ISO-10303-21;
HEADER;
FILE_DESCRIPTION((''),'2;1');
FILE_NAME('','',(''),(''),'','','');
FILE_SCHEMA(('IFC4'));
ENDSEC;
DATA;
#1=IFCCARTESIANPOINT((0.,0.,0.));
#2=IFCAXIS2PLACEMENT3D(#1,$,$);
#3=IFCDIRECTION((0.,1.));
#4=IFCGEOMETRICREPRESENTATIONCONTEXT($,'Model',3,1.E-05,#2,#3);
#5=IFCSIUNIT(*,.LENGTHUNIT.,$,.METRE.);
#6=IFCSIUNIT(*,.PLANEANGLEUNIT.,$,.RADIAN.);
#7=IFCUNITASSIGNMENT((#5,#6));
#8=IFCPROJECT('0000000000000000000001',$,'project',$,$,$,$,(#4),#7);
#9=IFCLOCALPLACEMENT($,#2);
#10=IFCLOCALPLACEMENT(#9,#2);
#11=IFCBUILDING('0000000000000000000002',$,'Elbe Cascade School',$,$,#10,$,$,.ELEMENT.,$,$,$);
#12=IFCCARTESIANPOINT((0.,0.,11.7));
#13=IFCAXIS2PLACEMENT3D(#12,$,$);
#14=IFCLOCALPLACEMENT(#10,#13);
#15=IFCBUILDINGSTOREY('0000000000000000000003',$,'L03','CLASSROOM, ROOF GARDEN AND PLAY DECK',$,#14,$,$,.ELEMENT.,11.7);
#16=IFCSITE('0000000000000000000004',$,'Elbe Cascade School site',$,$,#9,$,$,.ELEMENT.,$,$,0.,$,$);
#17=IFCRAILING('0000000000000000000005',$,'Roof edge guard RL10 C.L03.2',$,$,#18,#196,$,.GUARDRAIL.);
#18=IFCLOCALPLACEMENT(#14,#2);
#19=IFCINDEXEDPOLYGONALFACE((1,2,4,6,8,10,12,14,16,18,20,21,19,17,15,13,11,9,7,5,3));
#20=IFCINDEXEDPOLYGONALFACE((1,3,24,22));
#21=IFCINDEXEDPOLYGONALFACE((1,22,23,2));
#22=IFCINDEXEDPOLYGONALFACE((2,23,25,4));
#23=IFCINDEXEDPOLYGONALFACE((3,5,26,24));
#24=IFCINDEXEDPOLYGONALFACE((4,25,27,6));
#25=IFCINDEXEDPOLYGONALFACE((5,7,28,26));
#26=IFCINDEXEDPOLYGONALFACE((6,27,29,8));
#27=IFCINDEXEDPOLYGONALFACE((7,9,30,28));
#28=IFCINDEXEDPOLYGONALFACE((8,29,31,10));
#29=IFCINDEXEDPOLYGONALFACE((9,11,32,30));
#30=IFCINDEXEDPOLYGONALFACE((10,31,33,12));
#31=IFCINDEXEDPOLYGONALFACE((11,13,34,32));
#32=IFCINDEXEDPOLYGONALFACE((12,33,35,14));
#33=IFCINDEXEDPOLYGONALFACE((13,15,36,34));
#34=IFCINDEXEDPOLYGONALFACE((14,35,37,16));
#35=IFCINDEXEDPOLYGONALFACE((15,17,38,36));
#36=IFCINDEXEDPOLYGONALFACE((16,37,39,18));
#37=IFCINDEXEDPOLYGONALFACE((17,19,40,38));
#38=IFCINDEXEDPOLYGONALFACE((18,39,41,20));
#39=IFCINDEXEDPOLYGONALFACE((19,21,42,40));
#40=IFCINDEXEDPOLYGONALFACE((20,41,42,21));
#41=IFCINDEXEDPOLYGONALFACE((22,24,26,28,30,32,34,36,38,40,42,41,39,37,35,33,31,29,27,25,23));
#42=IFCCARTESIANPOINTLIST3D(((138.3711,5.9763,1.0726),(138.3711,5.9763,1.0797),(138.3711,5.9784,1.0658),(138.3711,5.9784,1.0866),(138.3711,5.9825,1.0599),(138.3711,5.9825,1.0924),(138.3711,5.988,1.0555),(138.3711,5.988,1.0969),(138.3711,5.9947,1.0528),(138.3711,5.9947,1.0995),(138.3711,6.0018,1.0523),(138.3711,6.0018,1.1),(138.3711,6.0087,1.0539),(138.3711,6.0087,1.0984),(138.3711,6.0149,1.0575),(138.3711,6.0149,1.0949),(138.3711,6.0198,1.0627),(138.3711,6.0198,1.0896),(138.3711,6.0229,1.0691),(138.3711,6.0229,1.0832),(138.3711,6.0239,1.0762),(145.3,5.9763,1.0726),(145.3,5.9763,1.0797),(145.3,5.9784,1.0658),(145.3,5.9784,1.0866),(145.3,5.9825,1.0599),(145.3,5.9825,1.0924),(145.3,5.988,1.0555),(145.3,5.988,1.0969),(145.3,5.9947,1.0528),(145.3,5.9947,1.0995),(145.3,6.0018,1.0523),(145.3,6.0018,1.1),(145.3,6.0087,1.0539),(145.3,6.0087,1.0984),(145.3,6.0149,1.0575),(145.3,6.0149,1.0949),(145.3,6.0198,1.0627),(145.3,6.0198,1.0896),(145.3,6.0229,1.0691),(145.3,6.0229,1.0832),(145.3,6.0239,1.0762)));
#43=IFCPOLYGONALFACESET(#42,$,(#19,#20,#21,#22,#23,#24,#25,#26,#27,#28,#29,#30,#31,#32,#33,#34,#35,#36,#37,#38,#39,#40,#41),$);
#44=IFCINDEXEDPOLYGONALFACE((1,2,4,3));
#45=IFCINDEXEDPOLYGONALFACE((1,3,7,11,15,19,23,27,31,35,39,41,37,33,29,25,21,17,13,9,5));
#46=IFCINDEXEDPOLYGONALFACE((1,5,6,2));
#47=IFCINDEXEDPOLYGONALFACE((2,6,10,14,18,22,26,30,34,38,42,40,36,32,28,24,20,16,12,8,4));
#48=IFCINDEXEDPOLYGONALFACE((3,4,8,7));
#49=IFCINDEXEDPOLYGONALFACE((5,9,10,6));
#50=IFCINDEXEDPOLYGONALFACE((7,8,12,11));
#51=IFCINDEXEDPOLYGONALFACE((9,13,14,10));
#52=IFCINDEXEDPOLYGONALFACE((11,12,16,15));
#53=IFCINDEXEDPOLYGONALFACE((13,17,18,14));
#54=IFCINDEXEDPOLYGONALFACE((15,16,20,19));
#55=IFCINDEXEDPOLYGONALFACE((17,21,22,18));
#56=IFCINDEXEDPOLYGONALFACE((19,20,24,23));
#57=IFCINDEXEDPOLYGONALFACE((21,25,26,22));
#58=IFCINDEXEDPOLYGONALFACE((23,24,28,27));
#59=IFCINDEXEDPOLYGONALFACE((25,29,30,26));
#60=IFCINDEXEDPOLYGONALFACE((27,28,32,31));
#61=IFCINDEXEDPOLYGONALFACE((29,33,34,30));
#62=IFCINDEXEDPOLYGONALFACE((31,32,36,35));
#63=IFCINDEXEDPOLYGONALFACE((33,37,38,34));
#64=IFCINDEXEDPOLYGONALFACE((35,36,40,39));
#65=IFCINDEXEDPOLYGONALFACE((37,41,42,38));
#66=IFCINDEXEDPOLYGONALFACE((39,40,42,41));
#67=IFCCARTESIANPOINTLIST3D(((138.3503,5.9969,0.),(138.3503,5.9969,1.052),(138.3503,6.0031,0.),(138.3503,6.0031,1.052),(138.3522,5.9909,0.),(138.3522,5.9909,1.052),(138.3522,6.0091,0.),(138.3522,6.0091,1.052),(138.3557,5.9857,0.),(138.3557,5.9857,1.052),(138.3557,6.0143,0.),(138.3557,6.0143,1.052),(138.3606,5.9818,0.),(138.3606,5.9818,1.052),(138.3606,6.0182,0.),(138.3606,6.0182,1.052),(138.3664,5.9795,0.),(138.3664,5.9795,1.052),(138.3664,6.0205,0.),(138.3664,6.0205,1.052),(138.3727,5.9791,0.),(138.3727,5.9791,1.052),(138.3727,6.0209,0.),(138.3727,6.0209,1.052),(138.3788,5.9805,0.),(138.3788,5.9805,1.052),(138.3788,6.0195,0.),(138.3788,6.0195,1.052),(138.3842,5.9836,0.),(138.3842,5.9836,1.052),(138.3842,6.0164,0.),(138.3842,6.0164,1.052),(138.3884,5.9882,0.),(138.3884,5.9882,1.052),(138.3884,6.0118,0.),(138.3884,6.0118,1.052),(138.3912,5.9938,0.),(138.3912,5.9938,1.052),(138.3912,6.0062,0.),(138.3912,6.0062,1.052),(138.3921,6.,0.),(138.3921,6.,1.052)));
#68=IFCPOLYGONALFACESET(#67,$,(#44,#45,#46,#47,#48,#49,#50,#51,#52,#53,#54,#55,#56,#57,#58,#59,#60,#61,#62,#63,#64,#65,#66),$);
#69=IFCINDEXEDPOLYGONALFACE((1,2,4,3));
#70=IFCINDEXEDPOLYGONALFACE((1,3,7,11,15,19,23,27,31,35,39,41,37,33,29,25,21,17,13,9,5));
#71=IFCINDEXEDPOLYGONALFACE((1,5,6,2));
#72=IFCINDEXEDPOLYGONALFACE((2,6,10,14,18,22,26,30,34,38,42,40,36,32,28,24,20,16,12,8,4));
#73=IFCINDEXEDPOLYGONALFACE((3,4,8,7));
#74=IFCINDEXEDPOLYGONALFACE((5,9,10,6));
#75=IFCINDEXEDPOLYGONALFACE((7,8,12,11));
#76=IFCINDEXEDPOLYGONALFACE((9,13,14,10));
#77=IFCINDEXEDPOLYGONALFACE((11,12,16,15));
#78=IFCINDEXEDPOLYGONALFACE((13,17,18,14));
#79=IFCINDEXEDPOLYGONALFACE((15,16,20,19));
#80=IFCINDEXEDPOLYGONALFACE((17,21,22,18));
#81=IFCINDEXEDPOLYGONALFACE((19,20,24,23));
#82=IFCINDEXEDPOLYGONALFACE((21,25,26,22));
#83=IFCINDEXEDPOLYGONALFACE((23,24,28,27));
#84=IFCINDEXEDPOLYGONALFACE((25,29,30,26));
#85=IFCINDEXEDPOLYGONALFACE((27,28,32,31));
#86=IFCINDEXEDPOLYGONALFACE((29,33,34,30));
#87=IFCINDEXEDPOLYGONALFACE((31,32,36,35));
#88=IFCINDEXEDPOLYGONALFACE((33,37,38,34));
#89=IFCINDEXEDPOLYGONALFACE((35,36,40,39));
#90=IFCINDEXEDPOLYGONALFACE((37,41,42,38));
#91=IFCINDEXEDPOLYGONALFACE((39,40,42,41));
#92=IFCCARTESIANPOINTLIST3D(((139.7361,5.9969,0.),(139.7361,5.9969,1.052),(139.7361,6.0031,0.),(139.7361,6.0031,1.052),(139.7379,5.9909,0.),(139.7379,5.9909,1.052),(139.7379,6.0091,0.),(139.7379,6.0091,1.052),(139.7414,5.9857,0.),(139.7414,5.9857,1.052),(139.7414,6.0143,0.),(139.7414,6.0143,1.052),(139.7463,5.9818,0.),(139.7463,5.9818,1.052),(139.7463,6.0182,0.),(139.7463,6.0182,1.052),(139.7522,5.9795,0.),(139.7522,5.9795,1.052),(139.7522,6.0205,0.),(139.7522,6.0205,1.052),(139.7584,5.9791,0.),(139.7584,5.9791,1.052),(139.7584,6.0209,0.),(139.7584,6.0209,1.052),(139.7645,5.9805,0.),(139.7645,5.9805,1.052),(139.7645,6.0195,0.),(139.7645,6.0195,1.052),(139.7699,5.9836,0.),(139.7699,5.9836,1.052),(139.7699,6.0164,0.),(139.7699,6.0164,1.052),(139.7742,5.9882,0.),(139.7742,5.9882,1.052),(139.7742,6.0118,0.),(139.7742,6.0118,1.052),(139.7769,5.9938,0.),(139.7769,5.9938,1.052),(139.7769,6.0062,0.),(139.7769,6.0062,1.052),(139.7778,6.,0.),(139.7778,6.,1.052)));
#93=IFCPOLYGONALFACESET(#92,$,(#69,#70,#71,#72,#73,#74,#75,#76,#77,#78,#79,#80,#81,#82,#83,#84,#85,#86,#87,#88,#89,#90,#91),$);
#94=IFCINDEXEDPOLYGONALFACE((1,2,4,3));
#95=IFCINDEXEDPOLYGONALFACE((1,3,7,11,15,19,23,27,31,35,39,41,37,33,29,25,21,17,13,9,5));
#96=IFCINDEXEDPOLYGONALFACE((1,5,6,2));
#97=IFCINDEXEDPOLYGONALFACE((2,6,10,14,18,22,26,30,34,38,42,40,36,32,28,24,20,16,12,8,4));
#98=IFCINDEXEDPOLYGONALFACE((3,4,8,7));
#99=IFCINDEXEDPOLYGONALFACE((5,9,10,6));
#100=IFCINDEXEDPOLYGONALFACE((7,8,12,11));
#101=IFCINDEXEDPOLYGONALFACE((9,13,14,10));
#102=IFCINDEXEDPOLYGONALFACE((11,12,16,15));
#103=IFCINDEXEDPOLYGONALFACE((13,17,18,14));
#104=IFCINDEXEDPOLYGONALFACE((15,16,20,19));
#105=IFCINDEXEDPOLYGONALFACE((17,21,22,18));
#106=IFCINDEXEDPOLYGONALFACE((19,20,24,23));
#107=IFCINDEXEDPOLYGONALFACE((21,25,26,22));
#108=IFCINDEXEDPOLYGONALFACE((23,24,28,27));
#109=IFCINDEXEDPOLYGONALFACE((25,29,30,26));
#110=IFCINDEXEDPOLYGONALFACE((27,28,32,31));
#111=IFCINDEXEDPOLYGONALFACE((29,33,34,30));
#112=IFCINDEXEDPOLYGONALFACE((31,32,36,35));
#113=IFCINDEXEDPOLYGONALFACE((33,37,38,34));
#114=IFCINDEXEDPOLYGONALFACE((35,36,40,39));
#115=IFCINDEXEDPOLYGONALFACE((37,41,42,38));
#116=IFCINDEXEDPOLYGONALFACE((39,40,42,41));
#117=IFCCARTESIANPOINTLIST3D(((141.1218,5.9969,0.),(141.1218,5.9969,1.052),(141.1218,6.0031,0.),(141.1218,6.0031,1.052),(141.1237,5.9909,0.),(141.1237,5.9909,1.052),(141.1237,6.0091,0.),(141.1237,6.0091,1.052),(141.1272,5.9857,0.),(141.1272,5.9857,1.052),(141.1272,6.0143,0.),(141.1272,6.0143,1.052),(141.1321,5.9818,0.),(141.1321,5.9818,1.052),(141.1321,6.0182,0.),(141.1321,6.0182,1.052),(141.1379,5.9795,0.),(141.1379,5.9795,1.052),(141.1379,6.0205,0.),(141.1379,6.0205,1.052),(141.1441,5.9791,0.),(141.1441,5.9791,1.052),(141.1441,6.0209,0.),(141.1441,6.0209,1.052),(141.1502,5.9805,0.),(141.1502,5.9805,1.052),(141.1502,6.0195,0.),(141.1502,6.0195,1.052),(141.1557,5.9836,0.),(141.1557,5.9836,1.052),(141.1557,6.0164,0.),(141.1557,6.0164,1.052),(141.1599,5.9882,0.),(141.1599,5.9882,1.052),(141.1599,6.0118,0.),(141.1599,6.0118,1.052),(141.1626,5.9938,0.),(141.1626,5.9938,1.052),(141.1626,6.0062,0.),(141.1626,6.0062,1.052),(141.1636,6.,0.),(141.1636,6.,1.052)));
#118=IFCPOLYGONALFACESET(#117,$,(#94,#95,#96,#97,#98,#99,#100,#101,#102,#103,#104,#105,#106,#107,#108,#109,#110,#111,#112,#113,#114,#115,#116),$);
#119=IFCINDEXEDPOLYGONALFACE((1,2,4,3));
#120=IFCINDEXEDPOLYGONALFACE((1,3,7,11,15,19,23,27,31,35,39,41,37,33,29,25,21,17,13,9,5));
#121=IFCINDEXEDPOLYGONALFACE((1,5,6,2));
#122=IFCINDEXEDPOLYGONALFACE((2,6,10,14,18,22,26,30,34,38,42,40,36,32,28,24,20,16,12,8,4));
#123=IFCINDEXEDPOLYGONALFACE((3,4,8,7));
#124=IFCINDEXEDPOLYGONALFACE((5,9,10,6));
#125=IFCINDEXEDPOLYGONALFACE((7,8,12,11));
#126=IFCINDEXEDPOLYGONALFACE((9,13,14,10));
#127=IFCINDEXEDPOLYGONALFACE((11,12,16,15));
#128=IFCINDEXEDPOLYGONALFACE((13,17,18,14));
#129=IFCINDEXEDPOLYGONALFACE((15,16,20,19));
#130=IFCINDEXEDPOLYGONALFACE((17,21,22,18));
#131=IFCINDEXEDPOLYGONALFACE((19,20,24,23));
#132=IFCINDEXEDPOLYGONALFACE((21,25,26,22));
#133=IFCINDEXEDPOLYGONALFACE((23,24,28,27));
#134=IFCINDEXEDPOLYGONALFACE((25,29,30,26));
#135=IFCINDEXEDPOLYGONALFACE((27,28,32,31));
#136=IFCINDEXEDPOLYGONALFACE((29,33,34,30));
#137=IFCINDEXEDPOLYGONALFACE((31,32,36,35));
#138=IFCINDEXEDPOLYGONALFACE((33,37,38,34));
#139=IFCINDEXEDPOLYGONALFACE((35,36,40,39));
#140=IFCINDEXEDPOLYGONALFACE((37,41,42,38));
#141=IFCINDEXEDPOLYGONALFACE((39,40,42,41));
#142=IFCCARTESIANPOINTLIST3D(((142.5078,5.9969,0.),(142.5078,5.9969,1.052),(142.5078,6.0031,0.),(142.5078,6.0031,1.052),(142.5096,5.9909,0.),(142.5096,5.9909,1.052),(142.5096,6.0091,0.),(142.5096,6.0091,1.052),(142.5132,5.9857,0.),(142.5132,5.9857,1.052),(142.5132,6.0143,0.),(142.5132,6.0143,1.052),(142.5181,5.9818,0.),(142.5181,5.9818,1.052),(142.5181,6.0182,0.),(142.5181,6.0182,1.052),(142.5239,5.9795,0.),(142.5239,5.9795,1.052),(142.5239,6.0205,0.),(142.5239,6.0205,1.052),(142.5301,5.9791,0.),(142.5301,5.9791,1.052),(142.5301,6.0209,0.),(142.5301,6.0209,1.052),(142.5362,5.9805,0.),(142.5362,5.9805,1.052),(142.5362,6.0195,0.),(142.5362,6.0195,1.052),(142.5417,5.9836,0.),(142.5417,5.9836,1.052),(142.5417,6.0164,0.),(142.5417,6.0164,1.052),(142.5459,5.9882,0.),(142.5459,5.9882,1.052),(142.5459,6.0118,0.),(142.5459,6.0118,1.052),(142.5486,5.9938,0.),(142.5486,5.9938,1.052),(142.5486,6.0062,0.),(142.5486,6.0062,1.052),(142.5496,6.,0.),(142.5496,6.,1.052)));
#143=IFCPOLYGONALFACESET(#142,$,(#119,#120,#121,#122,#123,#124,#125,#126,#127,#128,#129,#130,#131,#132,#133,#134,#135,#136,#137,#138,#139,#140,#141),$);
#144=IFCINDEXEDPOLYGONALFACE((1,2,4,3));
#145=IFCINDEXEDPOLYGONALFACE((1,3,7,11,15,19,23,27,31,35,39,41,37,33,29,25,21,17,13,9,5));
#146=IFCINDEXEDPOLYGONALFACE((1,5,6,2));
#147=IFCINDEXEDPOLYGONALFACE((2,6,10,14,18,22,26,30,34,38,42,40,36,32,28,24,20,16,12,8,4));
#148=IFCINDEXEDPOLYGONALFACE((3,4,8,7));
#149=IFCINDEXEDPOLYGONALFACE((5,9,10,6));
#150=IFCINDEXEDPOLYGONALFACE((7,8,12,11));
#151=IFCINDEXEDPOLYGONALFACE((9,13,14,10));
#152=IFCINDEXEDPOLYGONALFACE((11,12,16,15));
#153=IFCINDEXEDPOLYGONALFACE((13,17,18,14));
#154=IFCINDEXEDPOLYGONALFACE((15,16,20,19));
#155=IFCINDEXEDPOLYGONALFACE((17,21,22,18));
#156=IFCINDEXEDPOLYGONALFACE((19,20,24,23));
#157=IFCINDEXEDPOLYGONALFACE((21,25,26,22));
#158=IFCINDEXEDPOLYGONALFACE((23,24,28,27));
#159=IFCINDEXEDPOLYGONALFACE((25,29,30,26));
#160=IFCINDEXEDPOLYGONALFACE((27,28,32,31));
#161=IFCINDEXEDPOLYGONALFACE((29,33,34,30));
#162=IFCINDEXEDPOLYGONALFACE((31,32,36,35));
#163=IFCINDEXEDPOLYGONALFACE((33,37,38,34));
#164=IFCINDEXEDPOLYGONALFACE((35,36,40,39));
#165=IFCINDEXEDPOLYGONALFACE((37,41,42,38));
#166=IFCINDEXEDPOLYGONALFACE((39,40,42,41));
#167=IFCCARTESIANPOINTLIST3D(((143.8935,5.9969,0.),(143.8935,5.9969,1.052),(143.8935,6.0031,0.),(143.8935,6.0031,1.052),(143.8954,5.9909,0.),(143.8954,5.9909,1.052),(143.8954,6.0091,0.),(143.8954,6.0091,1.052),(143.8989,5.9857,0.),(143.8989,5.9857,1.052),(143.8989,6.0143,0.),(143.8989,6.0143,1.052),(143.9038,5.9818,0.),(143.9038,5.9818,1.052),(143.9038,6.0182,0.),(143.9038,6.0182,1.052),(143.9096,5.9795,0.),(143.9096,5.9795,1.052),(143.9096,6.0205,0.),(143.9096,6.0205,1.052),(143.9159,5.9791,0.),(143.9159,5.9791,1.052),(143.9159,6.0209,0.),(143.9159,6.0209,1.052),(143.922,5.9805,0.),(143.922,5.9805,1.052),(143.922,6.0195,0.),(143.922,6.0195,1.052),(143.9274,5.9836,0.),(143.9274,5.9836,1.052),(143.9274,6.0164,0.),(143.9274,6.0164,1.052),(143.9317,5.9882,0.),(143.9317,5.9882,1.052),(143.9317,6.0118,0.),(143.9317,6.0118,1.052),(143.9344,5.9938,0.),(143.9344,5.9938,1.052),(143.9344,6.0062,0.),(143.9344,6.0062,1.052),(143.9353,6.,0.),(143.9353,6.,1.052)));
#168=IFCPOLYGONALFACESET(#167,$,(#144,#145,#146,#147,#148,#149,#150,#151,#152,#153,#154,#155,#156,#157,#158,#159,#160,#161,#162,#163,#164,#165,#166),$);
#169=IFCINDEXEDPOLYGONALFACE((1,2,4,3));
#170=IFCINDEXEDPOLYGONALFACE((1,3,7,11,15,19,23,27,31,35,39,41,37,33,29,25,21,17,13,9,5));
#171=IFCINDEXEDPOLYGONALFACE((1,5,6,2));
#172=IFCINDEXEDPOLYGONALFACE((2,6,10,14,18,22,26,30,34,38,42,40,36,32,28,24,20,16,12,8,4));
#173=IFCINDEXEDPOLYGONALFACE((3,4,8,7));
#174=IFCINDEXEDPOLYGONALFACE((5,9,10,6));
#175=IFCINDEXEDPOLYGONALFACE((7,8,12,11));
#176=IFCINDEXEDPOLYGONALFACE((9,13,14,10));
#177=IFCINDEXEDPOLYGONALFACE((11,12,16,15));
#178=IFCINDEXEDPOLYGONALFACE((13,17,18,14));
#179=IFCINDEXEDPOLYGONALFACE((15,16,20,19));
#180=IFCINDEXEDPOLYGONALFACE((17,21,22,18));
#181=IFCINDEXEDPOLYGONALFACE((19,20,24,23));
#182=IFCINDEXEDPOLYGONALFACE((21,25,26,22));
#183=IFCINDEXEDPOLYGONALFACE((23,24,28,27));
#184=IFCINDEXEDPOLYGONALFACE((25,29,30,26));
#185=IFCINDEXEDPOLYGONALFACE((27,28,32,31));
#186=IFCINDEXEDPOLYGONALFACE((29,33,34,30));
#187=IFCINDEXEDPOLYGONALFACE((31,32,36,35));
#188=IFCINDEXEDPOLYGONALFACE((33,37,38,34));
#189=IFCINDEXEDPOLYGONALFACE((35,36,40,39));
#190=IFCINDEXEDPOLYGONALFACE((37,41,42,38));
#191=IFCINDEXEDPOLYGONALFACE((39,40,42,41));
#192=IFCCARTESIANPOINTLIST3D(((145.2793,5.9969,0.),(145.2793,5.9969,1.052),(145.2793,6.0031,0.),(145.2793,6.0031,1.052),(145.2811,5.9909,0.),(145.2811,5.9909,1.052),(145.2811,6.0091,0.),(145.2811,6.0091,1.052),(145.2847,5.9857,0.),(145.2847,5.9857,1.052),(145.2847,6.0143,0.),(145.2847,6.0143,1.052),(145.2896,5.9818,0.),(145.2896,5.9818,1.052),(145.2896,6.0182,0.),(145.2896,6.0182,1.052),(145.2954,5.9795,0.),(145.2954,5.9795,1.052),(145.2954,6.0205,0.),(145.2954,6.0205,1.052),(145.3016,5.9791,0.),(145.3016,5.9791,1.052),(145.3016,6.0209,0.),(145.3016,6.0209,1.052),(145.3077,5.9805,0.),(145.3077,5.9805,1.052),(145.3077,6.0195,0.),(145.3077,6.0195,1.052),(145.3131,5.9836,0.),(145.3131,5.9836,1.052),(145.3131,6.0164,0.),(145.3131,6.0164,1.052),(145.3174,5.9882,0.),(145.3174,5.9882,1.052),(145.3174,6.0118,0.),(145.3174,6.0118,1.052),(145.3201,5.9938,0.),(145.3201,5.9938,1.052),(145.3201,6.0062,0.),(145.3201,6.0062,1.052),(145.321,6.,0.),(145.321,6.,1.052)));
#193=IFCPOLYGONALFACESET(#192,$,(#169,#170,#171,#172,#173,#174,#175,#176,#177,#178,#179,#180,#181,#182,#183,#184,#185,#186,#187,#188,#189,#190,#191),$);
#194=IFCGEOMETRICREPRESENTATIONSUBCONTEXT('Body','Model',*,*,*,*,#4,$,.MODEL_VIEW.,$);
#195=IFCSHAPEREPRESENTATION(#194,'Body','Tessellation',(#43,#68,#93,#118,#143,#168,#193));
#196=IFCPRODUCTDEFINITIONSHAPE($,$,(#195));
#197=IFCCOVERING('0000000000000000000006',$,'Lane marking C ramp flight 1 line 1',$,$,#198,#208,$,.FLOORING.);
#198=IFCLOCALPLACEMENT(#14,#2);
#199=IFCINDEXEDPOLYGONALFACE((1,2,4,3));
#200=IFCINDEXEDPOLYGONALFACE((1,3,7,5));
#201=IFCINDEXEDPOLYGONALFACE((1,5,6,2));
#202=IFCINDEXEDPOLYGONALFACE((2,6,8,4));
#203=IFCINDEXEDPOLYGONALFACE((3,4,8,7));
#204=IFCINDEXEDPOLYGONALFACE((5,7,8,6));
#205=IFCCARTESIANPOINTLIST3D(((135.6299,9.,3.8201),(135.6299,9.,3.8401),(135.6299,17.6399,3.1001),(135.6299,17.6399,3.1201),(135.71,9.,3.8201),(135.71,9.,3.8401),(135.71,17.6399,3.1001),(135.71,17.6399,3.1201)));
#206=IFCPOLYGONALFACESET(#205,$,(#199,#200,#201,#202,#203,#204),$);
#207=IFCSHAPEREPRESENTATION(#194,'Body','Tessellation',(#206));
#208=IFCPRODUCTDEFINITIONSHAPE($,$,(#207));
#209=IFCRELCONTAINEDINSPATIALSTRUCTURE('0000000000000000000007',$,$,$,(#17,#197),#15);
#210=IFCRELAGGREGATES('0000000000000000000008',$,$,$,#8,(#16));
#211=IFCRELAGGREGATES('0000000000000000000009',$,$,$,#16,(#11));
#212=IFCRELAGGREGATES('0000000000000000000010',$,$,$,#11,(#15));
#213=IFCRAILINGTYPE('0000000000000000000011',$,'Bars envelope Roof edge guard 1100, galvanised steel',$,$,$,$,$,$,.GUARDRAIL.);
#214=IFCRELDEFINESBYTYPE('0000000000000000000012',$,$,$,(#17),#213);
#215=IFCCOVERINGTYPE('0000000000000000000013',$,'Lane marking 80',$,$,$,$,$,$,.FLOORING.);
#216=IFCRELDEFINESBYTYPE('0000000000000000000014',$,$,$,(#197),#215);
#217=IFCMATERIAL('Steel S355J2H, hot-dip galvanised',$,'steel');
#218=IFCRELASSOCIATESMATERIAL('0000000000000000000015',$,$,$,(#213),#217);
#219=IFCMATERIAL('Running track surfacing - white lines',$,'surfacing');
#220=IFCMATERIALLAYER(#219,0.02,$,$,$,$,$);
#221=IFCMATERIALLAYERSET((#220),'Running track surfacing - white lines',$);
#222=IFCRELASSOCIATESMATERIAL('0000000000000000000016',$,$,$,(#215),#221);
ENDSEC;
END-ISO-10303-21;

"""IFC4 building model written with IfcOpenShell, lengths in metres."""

from ifc_helpers import new_model, si_unit, direction, frame, origin, origin_2d, place, context, subcontext, project, spatial, polyline, circle, outline, extrude, material, layer, layer_set, type_object, element, save


model = new_model("IFC4")

# Units and contexts
model_context = context("Model", 3, precision=1e-05, world=origin(), true_north=direction((0.0, 1.0)))
body_context = subcontext(model_context, "Body", "Model", "MODEL_VIEW")
ifc_project = project(units=[si_unit("LENGTHUNIT", "METRE"), si_unit("PLANEANGLEUNIT", "RADIAN")], contexts=[model_context])

# Site, building, storey
site_placement = place(None, origin())
site = spatial("IfcSite", under=ifc_project, at=site_placement, Name="Elbe Cascade School site", CompositionType="ELEMENT", RefElevation=0.0)
building_placement = place(site_placement, origin())
building = spatial("IfcBuilding", under=site, at=building_placement, Name="Elbe Cascade School", CompositionType="ELEMENT")
storey_placement = place(building_placement, frame((0.0, 0.0, 11.7)))
storey = spatial("IfcBuildingStorey", under=building, at=storey_placement, Name="L03", Description="CLASSROOM, ROOF GARDEN AND PLAY DECK", CompositionType="ELEMENT", Elevation=11.7)

# Railing
ifc_material_1 = material(Name="Steel S355J2H, hot-dip galvanised", Category="steel")
railing_type_1 = type_object("IfcRailingType", Name="Bars envelope Roof edge guard 1100, galvanised steel", PredefinedType="GUARDRAIL", material=ifc_material_1)
railing_1_placement = place(storey_placement, frame((138.3711, 6.0, 0.0)))
element("IfcRailing", 1, at=railing_1_placement, inside=storey, type_object=railing_type_1, Name="Roof edge guard RL10 C.L03.2", PredefinedType="GUARDRAIL", context=body_context, shape_type="SweptSolid", body=[
    extrude(circle(Radius=0.0239, at=origin_2d()), frame((0.0, 0.0, 1.0762), z_axis=(1.0, 0.0, 0.0), x_axis=(0.0, 1.0, 0.0)), (0.0, 0.0, 1.0), 6.929),
    extrude(circle(Radius=0.021, at=origin_2d()), origin(), (0.0, 0.0, 1.0), 1.052),
    extrude(circle(Radius=0.021, at=origin_2d()), frame((1.3857, 0.0, 0.0)), (0.0, 0.0, 1.0), 1.052),
    extrude(circle(Radius=0.021, at=origin_2d()), frame((2.7715, 0.0, 0.0)), (0.0, 0.0, 1.0), 1.052),
    extrude(circle(Radius=0.021, at=origin_2d()), frame((4.1575, 0.0, 0.0)), (0.0, 0.0, 1.0), 1.052),
    extrude(circle(Radius=0.021, at=origin_2d()), frame((5.5432, 0.0, 0.0)), (0.0, 0.0, 1.0), 1.052),
    extrude(circle(Radius=0.021, at=origin_2d()), frame((6.929, 0.0, 0.0)), (0.0, 0.0, 1.0), 1.052),
])

# Covering
ifc_material_2 = material(Name="Running track surfacing - white lines", Category="surfacing")
ifc_layer_1 = layer(ifc_material_2, 0.02)
ifc_layer_set_1 = layer_set([ifc_layer_1], Name="Running track surfacing - white lines")
covering_type_1 = type_object("IfcCoveringType", Name="Lane marking 80", PredefinedType="FLOORING", material=ifc_layer_set_1)
for number, where, z_axis, x_axis, name in (
    (2, (135.6299, 9.0, 3.8401), (0.0, 0.083043, 0.996546), (0.0, 0.996546, -0.083043), "Lane marking C ramp flight 1 line 1"),
):
    element("IfcCovering", number, at=place(storey_placement, frame(where, z_axis=z_axis, x_axis=x_axis)), inside=storey, type_object=covering_type_1, Name=name, PredefinedType="FLOORING", context=body_context, shape_type="SweptSolid", body=[
        extrude(outline(polyline([(0.0, 0.0), (8.6698, 0.0), (8.6698, -0.0801), (0.0, -0.0801), (0.0, 0.0)])), origin(), (0.083043, 0.0, -0.996546), 0.02),
    ])

save(model, "model.ifc")
